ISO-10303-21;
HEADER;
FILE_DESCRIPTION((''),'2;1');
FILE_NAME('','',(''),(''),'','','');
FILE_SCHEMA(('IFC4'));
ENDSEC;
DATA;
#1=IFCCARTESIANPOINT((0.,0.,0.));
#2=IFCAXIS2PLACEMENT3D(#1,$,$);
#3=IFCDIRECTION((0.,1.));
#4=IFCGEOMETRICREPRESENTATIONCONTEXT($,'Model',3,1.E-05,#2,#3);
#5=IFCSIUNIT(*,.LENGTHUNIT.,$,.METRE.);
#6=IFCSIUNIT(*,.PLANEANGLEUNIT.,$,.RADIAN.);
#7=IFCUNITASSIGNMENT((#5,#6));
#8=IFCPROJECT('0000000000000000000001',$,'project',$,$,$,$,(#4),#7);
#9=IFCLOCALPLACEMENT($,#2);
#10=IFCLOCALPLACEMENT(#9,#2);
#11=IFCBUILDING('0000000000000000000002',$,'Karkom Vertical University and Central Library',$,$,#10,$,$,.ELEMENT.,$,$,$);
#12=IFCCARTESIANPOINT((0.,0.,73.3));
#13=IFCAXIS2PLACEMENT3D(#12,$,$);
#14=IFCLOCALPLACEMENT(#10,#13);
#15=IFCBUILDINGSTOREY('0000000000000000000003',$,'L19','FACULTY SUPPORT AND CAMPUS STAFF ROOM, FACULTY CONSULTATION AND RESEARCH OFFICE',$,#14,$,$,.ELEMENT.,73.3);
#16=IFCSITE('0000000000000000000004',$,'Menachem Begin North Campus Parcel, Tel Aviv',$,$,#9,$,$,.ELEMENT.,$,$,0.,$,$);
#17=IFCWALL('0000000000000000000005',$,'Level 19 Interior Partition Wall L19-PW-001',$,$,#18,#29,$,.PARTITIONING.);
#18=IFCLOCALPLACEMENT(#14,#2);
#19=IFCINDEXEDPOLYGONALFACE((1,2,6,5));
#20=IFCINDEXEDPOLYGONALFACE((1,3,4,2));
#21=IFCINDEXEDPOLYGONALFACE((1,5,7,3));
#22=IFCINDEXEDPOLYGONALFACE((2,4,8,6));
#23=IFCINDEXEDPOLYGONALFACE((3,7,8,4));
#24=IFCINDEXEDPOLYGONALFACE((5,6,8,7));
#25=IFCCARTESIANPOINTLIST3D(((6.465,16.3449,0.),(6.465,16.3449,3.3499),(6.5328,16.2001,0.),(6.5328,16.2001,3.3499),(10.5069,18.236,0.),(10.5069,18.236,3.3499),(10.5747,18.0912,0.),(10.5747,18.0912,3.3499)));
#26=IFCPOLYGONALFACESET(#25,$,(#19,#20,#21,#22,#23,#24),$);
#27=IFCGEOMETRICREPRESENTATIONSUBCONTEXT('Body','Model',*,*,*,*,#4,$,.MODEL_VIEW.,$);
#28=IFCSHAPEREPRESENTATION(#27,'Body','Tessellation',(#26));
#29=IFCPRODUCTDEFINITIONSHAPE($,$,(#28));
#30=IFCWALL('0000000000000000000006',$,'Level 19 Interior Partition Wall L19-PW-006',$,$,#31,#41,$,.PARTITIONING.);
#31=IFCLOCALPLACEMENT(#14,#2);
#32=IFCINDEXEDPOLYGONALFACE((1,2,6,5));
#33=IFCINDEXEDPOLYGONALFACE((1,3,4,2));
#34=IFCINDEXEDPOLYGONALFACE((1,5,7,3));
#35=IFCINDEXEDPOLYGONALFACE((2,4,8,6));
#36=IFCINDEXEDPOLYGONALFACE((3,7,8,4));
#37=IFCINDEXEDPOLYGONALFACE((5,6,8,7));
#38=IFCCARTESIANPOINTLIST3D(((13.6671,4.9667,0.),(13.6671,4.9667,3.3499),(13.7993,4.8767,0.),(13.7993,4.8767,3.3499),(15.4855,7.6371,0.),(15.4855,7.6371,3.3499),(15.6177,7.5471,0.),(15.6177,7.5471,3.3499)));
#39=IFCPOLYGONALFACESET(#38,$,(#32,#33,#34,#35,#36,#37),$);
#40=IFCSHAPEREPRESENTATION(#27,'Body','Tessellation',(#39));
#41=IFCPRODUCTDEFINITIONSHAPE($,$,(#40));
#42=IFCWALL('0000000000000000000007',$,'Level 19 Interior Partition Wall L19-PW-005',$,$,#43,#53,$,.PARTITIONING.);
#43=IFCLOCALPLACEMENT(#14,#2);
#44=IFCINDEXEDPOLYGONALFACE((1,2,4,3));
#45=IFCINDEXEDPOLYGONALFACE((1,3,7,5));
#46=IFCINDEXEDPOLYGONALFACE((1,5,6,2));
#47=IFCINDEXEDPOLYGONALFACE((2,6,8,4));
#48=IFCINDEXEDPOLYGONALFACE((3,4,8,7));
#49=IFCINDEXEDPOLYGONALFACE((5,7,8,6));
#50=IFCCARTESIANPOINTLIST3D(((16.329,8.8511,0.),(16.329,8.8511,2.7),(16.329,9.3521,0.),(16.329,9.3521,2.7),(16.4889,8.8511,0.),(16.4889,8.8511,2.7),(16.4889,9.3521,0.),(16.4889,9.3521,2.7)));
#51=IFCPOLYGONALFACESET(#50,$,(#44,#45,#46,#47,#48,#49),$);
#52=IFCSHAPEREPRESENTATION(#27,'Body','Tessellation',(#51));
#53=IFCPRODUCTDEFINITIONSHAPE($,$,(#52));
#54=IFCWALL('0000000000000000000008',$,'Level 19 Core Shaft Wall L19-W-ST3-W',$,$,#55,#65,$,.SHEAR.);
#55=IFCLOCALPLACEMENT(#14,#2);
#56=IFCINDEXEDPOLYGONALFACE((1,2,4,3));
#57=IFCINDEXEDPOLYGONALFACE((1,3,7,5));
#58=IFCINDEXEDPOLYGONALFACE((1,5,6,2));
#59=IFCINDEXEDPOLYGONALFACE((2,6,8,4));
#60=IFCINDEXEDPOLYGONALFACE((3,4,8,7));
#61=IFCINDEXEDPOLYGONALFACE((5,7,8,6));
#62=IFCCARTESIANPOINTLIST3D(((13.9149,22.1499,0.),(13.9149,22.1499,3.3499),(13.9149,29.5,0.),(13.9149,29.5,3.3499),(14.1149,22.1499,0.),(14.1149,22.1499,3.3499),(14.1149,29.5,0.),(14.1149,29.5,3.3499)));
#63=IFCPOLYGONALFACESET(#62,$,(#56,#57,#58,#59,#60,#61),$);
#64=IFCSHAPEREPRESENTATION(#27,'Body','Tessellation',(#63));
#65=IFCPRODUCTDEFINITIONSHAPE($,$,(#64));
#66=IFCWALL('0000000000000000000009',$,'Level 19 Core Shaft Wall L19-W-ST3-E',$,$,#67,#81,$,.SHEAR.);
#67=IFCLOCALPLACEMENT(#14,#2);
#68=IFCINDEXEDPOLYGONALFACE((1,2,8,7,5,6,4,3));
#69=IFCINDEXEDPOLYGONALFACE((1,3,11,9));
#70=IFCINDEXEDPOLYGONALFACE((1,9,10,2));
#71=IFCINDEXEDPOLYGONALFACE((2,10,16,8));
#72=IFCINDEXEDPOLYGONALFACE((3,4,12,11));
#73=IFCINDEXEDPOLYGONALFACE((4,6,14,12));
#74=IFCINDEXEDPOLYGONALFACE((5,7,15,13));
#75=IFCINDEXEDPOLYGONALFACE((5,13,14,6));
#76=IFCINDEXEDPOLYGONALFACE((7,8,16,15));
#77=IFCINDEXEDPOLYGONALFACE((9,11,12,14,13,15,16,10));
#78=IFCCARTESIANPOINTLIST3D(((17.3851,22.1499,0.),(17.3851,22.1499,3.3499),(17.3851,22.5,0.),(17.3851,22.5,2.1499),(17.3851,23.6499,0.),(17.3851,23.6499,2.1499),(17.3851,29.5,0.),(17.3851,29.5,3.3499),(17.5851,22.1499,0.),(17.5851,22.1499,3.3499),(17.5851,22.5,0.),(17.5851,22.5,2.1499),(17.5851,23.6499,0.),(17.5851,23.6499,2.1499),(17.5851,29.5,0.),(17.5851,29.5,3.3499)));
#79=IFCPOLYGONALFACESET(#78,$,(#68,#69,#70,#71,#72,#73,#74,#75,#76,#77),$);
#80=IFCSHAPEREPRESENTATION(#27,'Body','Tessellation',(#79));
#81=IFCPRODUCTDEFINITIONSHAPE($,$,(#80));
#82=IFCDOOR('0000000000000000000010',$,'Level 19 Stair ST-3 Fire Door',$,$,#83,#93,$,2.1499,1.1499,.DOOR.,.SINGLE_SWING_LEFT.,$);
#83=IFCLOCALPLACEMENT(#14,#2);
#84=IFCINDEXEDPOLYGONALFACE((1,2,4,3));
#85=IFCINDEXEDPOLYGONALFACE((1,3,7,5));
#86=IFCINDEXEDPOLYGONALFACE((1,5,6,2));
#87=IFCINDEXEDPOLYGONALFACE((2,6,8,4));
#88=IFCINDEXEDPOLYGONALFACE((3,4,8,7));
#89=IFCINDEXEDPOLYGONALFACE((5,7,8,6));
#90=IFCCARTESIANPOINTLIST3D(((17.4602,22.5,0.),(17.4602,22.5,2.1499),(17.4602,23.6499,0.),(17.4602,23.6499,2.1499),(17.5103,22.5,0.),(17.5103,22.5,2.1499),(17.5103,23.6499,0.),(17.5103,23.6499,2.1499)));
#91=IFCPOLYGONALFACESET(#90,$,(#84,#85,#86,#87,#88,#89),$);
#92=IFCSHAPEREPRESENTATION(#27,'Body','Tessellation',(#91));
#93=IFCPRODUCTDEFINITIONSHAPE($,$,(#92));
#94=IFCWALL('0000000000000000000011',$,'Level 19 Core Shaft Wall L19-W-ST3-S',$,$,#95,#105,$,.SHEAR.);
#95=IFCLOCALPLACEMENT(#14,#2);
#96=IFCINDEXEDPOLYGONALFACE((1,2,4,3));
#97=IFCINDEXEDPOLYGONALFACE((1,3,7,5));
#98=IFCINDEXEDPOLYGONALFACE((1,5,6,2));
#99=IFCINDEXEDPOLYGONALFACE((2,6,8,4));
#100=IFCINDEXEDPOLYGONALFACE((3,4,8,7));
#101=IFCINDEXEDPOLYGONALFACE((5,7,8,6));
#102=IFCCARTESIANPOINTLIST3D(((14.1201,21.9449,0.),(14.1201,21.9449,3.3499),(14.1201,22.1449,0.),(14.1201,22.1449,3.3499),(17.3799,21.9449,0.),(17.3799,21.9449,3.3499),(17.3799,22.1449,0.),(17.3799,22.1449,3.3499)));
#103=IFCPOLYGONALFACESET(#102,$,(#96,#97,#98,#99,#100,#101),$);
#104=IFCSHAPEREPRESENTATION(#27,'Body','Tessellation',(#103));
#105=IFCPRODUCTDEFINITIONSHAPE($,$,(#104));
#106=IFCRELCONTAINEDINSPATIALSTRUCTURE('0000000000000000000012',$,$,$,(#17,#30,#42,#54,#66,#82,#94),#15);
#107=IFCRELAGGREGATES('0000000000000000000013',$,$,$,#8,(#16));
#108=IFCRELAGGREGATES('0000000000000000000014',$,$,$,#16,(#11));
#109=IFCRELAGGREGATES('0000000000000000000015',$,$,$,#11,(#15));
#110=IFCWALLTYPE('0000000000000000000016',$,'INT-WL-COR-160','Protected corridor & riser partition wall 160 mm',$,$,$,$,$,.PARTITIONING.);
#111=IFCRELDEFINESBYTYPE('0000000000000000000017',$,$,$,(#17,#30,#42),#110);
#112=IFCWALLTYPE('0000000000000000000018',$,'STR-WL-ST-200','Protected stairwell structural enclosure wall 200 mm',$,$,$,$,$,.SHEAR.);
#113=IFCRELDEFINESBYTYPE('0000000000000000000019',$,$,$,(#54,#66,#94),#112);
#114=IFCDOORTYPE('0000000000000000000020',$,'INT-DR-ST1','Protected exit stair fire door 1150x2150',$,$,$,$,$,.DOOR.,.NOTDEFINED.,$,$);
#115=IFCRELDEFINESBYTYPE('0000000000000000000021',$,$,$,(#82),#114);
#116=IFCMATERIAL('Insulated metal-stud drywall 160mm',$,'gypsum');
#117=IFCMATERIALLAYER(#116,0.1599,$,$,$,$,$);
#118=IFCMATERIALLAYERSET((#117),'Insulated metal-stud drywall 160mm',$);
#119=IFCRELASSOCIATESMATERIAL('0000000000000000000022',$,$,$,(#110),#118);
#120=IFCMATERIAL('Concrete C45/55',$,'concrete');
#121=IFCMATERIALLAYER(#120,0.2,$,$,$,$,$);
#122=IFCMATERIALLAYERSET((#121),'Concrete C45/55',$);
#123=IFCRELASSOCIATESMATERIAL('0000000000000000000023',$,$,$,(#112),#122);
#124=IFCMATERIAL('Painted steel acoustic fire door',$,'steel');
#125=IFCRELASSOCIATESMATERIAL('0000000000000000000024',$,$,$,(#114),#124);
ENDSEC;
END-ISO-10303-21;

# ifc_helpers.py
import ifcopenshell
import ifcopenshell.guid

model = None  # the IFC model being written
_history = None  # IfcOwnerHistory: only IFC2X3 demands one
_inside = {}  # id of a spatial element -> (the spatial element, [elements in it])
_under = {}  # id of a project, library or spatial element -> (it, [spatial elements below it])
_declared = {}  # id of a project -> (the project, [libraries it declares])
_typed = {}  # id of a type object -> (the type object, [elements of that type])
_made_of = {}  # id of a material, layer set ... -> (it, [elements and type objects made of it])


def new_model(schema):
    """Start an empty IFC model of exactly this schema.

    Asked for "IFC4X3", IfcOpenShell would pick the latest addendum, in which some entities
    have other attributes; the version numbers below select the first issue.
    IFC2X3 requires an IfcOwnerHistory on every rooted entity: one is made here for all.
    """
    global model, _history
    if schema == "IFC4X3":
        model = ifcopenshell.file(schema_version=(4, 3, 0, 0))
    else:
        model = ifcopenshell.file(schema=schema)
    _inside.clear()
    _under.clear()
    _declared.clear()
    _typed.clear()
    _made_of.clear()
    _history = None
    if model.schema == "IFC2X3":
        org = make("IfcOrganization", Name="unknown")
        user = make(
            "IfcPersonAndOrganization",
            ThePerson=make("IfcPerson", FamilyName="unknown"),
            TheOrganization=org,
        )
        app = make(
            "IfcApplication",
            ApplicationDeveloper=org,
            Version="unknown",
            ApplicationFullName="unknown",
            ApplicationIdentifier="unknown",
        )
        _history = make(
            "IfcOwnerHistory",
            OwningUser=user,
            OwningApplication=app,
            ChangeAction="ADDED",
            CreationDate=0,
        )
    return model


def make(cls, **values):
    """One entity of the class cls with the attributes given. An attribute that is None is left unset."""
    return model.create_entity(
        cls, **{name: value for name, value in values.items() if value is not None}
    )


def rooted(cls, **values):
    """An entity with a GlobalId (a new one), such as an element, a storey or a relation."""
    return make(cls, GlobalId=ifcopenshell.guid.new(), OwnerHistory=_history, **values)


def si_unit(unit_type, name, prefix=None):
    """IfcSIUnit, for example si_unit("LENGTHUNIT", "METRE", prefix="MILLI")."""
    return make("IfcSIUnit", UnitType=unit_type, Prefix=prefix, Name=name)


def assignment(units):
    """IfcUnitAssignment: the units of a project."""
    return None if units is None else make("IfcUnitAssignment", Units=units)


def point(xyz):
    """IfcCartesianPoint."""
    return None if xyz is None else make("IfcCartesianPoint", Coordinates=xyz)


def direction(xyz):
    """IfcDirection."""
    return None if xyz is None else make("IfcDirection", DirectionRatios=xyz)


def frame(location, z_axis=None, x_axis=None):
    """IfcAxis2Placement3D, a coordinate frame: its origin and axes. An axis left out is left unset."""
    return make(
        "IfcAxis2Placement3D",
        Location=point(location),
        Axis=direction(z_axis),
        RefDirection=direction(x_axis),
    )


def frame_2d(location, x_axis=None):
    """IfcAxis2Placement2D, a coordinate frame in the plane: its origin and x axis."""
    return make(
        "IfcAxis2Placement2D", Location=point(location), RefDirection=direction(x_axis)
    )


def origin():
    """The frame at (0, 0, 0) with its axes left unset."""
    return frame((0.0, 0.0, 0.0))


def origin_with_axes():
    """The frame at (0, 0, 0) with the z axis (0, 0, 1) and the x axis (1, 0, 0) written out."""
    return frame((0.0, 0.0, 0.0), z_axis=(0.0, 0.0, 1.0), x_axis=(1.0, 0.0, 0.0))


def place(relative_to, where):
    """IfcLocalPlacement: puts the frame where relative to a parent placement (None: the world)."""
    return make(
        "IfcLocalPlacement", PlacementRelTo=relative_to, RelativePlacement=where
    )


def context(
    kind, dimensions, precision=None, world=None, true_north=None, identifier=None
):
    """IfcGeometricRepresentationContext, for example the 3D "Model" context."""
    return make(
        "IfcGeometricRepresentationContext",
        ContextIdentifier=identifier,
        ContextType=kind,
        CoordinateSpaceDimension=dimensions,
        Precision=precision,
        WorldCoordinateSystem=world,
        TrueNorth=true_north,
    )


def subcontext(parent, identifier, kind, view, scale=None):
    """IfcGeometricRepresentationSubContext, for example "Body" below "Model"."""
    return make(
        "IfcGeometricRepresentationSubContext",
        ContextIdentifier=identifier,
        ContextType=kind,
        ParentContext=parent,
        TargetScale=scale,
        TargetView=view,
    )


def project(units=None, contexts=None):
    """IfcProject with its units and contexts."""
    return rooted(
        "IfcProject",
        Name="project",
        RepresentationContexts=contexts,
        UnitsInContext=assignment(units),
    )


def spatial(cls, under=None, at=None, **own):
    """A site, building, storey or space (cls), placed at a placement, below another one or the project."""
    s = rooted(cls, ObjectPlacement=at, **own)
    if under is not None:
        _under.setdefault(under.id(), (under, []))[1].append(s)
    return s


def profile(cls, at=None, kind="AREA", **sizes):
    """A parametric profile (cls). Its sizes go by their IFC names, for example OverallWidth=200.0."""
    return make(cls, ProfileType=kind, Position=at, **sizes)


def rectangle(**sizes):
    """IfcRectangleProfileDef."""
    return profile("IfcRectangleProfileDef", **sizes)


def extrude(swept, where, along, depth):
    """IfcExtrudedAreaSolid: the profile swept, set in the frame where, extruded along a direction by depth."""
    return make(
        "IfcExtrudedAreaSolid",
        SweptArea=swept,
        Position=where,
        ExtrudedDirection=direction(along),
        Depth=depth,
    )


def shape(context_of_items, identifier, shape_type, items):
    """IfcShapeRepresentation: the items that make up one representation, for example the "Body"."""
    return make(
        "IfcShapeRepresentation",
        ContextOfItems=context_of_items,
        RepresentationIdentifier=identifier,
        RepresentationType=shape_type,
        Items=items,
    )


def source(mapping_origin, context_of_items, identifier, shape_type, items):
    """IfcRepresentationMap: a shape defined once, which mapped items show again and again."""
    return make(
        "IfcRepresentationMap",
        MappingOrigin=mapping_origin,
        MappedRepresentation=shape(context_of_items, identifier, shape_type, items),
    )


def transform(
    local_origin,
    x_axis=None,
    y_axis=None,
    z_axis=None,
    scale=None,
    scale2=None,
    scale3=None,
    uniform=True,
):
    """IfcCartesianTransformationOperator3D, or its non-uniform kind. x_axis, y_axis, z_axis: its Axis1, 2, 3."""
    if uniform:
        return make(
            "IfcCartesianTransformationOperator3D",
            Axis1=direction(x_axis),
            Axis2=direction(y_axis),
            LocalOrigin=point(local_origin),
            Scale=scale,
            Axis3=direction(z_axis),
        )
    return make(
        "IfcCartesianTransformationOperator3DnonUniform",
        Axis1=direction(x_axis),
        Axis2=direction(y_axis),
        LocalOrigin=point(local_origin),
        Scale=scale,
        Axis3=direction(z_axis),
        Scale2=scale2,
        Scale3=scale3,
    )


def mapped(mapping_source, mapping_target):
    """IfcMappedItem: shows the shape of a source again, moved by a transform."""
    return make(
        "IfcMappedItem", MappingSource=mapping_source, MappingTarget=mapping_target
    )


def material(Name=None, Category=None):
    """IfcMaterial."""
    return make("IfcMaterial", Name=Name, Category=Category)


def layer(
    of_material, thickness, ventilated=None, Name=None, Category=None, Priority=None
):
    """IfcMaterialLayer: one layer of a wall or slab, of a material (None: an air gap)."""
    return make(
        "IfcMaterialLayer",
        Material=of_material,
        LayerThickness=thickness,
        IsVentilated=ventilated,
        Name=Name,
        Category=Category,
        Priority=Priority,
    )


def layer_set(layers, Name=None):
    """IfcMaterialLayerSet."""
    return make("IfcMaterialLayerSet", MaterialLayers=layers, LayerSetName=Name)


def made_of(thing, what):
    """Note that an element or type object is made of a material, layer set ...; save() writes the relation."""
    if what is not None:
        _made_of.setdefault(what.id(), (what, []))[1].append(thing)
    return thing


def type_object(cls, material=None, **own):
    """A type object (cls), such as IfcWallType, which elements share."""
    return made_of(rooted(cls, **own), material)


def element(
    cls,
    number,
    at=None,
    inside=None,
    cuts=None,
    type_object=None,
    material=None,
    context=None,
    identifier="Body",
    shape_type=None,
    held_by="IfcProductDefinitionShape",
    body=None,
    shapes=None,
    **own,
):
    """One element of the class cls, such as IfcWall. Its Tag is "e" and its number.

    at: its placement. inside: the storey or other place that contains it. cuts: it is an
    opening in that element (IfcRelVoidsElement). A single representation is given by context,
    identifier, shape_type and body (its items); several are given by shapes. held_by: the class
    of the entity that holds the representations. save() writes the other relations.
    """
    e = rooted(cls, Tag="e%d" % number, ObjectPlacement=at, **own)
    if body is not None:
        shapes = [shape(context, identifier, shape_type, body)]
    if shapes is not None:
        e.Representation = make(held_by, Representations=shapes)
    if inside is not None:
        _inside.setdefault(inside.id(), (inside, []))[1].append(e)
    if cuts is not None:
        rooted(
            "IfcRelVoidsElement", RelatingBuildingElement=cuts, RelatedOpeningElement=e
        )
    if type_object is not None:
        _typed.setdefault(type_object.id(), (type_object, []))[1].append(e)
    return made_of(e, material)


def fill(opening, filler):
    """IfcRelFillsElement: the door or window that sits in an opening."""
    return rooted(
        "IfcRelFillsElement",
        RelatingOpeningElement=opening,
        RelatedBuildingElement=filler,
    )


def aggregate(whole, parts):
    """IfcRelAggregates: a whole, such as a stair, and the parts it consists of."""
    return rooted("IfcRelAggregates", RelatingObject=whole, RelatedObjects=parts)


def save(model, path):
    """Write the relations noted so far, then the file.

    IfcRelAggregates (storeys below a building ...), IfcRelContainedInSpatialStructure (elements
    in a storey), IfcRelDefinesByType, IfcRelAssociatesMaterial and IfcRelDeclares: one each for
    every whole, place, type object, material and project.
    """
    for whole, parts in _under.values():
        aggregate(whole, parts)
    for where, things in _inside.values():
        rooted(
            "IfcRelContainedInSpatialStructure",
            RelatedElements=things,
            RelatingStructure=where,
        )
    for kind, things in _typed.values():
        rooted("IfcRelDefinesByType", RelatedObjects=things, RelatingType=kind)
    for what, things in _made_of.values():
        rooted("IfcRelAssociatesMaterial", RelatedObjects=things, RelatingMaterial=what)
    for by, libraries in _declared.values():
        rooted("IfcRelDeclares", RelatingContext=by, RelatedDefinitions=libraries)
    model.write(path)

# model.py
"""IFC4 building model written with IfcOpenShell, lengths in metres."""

from ifc_helpers import new_model, si_unit, direction, frame, frame_2d, origin, origin_with_axes, place, context, subcontext, project, spatial, rectangle, extrude, source, transform, mapped, material, layer, layer_set, type_object, element, fill, save


model = new_model("IFC4")

# Units and contexts
model_context = context("Model", 3, precision=1e-05, world=origin(), true_north=direction((0.0, 1.0)))
body_context = subcontext(model_context, "Body", "Model", "MODEL_VIEW")
ifc_project = project(units=[si_unit("LENGTHUNIT", "METRE"), si_unit("PLANEANGLEUNIT", "RADIAN")], contexts=[model_context])

# Site, building, storey
site_placement = place(None, origin())
site = spatial("IfcSite", under=ifc_project, at=site_placement, Name="Menachem Begin North Campus Parcel, Tel Aviv", CompositionType="ELEMENT", RefElevation=0.0)
building_placement = place(site_placement, origin())
building = spatial("IfcBuilding", under=site, at=building_placement, Name="Karkom Vertical University and Central Library", CompositionType="ELEMENT")
storey_placement = place(building_placement, frame((0.0, 0.0, 73.3)))
storey = spatial("IfcBuildingStorey", under=building, at=storey_placement, Name="L19", Description="FACULTY SUPPORT AND CAMPUS STAFF ROOM, FACULTY CONSULTATION AND RESEARCH OFFICE", CompositionType="ELEMENT", Elevation=73.3)

# Shared definitions
ifc_material_1 = material(Name="Concrete C45/55", Category="concrete")

# Shared definitions
ifc_material_2 = material(Name="Insulated metal-stud drywall 160mm", Category="gypsum")
ifc_layer_1 = layer(ifc_material_2, 0.1599)
ifc_layer_set_1 = layer_set([ifc_layer_1], Name="Insulated metal-stud drywall 160mm")
wall_type_1 = type_object("IfcWallType", Name="INT-WL-COR-160", Description="Protected corridor & riser partition wall 160 mm", PredefinedType="PARTITIONING", material=ifc_layer_set_1)

# Walls
wall_1_placement = place(storey_placement, frame((10.5408, 18.1636, 0.0), z_axis=(0.0, 0.0, 1.0), x_axis=(-0.905766, -0.423778, 0.0)))
element("IfcWall", 1, at=wall_1_placement, inside=storey, type_object=wall_type_1, Name="Level 19 Interior Partition Wall L19-PW-001", PredefinedType="PARTITIONING", context=body_context, shape_type="SweptSolid", body=[
    extrude(rectangle(XDim=4.4624, YDim=0.1599, at=frame_2d((2.2312, 0.0))), origin(), (0.0, 0.0, 1.0), 3.3499),
])
wall_2_placement = place(storey_placement, frame((15.5515, 7.592, 0.0), z_axis=(0.0, 0.0, 1.0), x_axis=(-0.562835, -0.826569, 0.0)))
element("IfcWall", 2, at=wall_2_placement, inside=storey, type_object=wall_type_1, Name="Level 19 Interior Partition Wall L19-PW-006", PredefinedType="PARTITIONING", context=body_context, shape_type="SweptSolid", body=[
    extrude(rectangle(XDim=3.2307, YDim=0.1599, at=frame_2d((1.6152, 0.0))), origin(), (0.0, 0.0, 1.0), 3.3499),
])
wall_3_placement = place(storey_placement, frame((16.4089, 8.8511, 0.0), z_axis=(0.0, 0.0, 1.0), x_axis=(0.0, 1.0, 0.0)))
element("IfcWall", 3, at=wall_3_placement, inside=storey, type_object=wall_type_1, Name="Level 19 Interior Partition Wall L19-PW-005", PredefinedType="PARTITIONING", context=body_context, shape_type="SweptSolid", body=[
    extrude(rectangle(XDim=0.501, YDim=0.1599, at=frame_2d((0.2505, 0.0))), origin(), (0.0, 0.0, 1.0), 2.7),
])
ifc_layer_2 = layer(ifc_material_1, 0.2)
ifc_layer_set_2 = layer_set([ifc_layer_2], Name="Concrete C45/55")
wall_type_2 = type_object("IfcWallType", Name="STR-WL-ST-200", Description="Protected stairwell structural enclosure wall 200 mm", PredefinedType="SHEAR", material=ifc_layer_set_2)
wall_4_placement = place(storey_placement, frame((14.0149, 22.1499, 0.0), z_axis=(0.0, 0.0, 1.0), x_axis=(0.0, 1.0, 0.0)))
element("IfcWall", 4, at=wall_4_placement, inside=storey, type_object=wall_type_2, Name="Level 19 Core Shaft Wall L19-W-ST3-W", PredefinedType="SHEAR", context=body_context, shape_type="SweptSolid", body=[
    extrude(rectangle(XDim=7.3501, YDim=0.2, at=frame_2d((3.675, 0.0))), origin(), (0.0, 0.0, 1.0), 3.3499),
])

# Wall, opening, door
wall_5_placement = place(storey_placement, frame((17.4851, 22.1499, 0.0), z_axis=(0.0, 0.0, 1.0), x_axis=(0.0, 1.0, 0.0)))
wall_5 = element("IfcWall", 5, at=wall_5_placement, inside=storey, type_object=wall_type_2, Name="Level 19 Core Shaft Wall L19-W-ST3-E", PredefinedType="SHEAR", context=body_context, shape_type="SweptSolid", body=[
    extrude(rectangle(XDim=7.3501, YDim=0.2, at=frame_2d((3.675, 0.0))), origin(), (0.0, 0.0, 1.0), 3.3499),
])
opening_1_placement = place(wall_5_placement, frame((0.3501, 0.0, 0.0)))
opening_1 = element("IfcOpeningElement", 6, at=opening_1_placement, cuts=wall_5, PredefinedType="OPENING", context=body_context, shape_type="SweptSolid", body=[
    extrude(rectangle(XDim=1.1499, YDim=2.1499, at=frame_2d((0.575, 1.075))), frame((0.0, 0.1099, 0.0), z_axis=(0.0, -1.0, 0.0), x_axis=(1.0, 0.0, 0.0)), (0.0, 0.0, 1.0), 0.22),
])
ifc_material_3 = material(Name="Painted steel acoustic fire door", Category="steel")
door_type_1 = type_object("IfcDoorType", Name="INT-DR-ST1", Description="Protected exit stair fire door 1150x2150", OperationType="NOTDEFINED", PredefinedType="DOOR", material=ifc_material_3)
shared_shape_1 = source(origin_with_axes(), body_context, "Body", "SweptSolid", [
    extrude(rectangle(XDim=1.1499, YDim=2.1499, at=frame_2d((0.575, 1.075))), frame((0.0, 0.0249, 0.0), z_axis=(0.0, -1.0, 0.0), x_axis=(1.0, 0.0, 0.0)), (0.0, 0.0, 1.0), 0.05),
])
door_1_placement = place(opening_1_placement, origin())
door_1 = element("IfcDoor", 7, at=door_1_placement, inside=storey, type_object=door_type_1, Name="Level 19 Stair ST-3 Fire Door", OperationType="SINGLE_SWING_LEFT", OverallHeight=2.1499, OverallWidth=1.1499, PredefinedType="DOOR", context=body_context, shape_type="MappedRepresentation", body=[
    mapped(shared_shape_1, transform((0.0, 0.0, 0.0), scale=1.0)),
])
fill(opening_1, door_1)

# Wall
wall_6_placement = place(storey_placement, frame((14.1201, 22.0449, 0.0), z_axis=(0.0, 0.0, 1.0), x_axis=(1.0, 0.0, 0.0)))
element("IfcWall", 8, at=wall_6_placement, inside=storey, type_object=wall_type_2, Name="Level 19 Core Shaft Wall L19-W-ST3-S", PredefinedType="SHEAR", context=body_context, shape_type="SweptSolid", body=[
    extrude(rectangle(XDim=3.2598, YDim=0.2, at=frame_2d((1.6299, 0.0))), origin(), (0.0, 0.0, 1.0), 3.3499),
])

save(model, "model.ifc")
